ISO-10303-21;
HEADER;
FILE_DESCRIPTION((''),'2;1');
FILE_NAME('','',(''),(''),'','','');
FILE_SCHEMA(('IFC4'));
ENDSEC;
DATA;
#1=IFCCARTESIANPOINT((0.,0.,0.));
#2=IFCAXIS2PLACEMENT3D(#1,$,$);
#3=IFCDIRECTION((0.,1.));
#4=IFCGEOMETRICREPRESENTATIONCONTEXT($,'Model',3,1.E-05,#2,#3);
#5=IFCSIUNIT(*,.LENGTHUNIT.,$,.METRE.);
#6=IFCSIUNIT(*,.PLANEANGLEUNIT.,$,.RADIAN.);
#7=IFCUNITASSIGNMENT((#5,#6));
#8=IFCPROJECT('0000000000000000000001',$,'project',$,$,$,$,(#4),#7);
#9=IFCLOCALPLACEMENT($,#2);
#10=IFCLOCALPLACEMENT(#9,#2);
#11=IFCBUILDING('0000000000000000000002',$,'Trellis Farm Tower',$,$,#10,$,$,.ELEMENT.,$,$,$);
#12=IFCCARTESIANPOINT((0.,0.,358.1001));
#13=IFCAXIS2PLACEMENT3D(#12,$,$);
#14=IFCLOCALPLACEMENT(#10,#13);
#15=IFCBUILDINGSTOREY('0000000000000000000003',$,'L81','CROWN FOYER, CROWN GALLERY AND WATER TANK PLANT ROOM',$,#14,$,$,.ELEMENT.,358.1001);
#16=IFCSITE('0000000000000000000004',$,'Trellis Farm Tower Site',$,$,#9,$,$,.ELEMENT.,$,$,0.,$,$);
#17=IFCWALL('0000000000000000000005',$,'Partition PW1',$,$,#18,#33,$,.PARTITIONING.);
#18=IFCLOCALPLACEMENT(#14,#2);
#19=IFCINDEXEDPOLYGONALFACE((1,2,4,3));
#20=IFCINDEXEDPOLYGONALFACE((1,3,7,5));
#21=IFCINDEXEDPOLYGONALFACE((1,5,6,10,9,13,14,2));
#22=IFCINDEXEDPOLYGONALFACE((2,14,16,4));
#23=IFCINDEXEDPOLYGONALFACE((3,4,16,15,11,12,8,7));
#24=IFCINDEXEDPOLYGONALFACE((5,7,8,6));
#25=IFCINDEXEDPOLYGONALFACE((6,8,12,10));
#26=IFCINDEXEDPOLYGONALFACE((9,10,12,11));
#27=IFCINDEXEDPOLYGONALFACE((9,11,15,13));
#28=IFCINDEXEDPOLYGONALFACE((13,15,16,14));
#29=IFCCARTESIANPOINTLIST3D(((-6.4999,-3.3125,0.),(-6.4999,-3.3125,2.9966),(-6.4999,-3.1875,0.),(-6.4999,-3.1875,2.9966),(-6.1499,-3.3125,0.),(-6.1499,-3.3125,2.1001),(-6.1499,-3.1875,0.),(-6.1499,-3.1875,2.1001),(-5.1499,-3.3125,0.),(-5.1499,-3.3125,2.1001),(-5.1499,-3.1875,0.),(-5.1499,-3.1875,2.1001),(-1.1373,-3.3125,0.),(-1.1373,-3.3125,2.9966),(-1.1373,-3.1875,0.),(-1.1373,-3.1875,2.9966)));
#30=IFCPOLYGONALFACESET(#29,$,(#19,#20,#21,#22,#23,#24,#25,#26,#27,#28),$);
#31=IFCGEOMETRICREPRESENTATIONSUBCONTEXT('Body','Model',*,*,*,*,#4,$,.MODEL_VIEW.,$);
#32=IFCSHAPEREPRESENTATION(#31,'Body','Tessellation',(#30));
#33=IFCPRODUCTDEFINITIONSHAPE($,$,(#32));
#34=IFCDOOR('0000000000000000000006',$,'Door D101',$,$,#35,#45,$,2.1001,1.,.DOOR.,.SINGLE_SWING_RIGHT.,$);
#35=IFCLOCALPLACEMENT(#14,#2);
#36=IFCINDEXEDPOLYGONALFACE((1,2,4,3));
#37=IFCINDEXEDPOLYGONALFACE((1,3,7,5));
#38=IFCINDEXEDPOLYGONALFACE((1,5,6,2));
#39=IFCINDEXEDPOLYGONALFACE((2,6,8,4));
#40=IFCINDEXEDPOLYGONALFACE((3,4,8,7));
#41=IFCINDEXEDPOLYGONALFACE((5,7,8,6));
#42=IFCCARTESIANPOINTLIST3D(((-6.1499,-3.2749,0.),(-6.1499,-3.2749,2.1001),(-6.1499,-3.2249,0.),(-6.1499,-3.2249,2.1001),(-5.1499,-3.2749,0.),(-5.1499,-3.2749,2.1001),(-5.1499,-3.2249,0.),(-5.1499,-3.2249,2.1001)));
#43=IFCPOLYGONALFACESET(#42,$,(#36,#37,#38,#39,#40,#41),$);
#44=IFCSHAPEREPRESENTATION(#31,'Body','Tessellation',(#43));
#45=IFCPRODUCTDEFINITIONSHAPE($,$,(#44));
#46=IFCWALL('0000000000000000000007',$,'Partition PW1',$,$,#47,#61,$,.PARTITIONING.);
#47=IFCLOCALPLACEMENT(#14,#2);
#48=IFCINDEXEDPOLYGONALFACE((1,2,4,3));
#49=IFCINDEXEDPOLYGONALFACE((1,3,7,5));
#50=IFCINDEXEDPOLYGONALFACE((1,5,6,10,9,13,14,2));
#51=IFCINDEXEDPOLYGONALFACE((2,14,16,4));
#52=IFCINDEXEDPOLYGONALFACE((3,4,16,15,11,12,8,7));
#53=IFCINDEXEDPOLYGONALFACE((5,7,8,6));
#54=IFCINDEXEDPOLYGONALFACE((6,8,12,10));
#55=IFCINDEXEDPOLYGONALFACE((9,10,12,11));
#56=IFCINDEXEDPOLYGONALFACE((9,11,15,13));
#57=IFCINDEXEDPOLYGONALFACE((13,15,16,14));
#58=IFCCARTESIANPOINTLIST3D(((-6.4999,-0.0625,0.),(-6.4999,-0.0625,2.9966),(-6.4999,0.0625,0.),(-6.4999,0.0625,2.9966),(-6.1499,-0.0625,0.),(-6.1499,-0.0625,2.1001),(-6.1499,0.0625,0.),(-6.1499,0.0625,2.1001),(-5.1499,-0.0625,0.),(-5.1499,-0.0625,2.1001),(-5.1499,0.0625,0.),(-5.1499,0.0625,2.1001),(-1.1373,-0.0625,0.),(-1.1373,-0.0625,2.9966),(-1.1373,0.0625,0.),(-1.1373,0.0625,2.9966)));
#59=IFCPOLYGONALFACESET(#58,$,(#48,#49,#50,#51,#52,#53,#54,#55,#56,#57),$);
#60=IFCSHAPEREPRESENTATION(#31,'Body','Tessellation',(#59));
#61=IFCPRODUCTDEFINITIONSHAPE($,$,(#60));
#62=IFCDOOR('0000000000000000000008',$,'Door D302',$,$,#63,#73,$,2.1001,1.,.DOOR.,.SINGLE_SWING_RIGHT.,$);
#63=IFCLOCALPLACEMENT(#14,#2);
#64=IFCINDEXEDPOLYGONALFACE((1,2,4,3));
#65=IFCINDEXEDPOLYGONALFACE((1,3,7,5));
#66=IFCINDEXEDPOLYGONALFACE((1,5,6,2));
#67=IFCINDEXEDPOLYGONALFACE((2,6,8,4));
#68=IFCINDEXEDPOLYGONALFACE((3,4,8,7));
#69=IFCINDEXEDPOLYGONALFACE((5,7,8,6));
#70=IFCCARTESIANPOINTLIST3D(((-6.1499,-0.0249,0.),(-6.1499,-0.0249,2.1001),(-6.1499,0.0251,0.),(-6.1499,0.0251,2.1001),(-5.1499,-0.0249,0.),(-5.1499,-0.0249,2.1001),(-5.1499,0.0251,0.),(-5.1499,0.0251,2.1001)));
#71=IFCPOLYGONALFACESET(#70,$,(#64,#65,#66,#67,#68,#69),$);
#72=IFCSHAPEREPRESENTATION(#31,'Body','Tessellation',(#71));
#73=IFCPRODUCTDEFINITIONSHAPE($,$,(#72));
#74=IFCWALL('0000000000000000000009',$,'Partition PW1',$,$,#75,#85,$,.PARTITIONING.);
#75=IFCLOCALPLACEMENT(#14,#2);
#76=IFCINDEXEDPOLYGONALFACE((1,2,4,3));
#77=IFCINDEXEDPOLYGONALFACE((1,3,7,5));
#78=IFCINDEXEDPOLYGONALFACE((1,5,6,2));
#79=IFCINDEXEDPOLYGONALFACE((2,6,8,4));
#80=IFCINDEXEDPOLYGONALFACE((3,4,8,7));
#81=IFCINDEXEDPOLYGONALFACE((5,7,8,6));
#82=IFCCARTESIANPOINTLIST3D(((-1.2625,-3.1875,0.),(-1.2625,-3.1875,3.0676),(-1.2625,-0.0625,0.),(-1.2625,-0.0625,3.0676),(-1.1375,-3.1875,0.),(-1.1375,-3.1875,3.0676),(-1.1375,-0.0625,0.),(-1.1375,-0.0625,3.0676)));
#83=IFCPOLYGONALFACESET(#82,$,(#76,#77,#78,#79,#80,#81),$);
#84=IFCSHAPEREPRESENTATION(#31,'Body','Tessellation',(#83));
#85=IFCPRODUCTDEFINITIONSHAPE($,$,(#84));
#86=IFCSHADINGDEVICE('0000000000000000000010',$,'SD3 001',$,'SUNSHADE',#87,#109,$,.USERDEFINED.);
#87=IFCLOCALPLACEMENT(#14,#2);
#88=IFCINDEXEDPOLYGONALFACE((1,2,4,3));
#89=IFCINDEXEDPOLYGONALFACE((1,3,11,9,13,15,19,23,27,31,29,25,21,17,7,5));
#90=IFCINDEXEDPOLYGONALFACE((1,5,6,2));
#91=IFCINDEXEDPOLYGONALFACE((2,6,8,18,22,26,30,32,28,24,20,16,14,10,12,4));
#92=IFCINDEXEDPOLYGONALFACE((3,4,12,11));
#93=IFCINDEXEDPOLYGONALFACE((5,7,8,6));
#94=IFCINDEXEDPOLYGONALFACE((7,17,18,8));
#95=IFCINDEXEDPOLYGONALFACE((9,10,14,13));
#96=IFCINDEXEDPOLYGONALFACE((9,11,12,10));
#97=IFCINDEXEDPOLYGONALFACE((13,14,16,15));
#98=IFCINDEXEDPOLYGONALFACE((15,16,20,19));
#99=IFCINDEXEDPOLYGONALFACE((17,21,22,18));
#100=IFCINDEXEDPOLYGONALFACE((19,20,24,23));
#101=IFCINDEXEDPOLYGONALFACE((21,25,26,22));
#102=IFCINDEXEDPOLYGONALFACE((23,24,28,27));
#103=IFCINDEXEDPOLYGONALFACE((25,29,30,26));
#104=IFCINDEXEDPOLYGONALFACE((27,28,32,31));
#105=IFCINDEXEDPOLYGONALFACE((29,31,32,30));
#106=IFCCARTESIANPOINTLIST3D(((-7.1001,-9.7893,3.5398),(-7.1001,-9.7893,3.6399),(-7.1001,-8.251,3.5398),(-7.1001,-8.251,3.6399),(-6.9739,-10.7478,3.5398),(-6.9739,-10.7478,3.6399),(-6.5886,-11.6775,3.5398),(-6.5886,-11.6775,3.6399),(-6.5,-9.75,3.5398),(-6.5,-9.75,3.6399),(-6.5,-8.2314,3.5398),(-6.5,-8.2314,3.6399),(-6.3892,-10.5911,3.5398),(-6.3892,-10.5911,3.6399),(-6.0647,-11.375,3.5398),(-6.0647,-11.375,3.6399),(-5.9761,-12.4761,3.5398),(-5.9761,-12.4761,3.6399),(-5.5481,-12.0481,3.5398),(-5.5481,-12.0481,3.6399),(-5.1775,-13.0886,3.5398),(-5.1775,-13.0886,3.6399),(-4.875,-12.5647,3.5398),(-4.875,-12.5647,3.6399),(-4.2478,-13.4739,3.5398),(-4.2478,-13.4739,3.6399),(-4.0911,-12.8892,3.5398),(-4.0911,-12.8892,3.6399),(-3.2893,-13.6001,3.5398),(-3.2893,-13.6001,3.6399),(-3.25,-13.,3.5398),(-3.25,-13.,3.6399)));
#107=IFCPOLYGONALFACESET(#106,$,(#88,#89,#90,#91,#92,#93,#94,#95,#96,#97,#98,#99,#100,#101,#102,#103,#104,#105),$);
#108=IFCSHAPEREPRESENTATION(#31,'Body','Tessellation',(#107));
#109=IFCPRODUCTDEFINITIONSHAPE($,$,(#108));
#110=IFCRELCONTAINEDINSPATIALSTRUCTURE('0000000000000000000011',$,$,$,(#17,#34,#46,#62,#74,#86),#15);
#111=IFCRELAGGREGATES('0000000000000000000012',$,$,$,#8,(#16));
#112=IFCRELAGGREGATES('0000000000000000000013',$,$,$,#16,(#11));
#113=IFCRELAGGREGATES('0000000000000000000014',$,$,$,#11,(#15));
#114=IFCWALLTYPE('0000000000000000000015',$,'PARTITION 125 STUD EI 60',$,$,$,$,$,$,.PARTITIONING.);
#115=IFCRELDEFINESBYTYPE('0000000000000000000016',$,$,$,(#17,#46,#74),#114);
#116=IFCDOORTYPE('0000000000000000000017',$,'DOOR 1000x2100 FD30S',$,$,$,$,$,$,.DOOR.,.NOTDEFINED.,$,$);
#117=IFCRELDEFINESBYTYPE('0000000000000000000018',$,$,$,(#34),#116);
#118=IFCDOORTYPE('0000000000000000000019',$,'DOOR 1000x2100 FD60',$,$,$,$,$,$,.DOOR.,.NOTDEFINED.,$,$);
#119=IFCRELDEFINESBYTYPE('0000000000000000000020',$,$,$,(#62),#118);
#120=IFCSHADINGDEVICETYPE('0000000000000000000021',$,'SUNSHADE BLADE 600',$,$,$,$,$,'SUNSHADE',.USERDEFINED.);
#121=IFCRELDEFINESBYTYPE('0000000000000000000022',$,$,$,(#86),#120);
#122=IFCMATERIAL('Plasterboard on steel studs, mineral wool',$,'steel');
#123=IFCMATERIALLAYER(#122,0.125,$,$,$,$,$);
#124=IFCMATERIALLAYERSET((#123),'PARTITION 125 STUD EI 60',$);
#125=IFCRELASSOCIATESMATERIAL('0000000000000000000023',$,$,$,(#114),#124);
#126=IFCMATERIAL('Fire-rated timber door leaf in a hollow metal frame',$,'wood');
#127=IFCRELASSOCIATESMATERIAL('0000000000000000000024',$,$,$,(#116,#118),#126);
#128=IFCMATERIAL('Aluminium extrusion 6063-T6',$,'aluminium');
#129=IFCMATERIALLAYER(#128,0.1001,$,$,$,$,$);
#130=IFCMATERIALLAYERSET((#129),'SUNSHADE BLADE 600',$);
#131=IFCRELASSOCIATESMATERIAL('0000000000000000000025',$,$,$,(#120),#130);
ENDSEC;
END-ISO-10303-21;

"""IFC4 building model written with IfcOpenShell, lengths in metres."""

from ifc_helpers import new_model, si_unit, direction, frame, frame_2d, origin, place, context, subcontext, project, spatial, polyline, rectangle, outline, extrude, source, transform, mapped, material, layer, layer_set, type_object, element, fill, save


model = new_model("IFC4")

# Units and contexts
model_context = context("Model", 3, precision=1e-05, world=origin(), true_north=direction((0.0, 1.0)))
body_context = subcontext(model_context, "Body", "Model", "MODEL_VIEW")
ifc_project = project(units=[si_unit("LENGTHUNIT", "METRE"), si_unit("PLANEANGLEUNIT", "RADIAN")], contexts=[model_context])

# Site, building, storey
site_placement = place(None, origin())
site = spatial("IfcSite", under=ifc_project, at=site_placement, Name="Trellis Farm Tower Site", CompositionType="ELEMENT", RefElevation=0.0)
building_placement = place(site_placement, origin())
building = spatial("IfcBuilding", under=site, at=building_placement, Name="Trellis Farm Tower", CompositionType="ELEMENT")
storey_placement = place(building_placement, frame((0.0, 0.0, 358.1001)))
storey = spatial("IfcBuildingStorey", under=building, at=storey_placement, Name="L81", Description="CROWN FOYER, CROWN GALLERY AND WATER TANK PLANT ROOM", CompositionType="ELEMENT", Elevation=358.1001)

# Shared definitions
ifc_material_1 = material(Name="Aluminium extrusion 6063-T6", Category="aluminium")

# Walls, openings, doors
ifc_material_2 = material(Name="Plasterboard on steel studs, mineral wool", Category="steel")
ifc_layer_1 = layer(ifc_material_2, 0.125)
ifc_layer_set_1 = layer_set([ifc_layer_1], Name="PARTITION 125 STUD EI 60")
wall_type_1 = type_object("IfcWallType", Name="PARTITION 125 STUD EI 60", PredefinedType="PARTITIONING", material=ifc_layer_set_1)
shared_shape_1 = source(origin(), body_context, "Body", "SweptSolid", [
    extrude(rectangle(XDim=5.3625, YDim=0.125, at=frame_2d((2.6812, 0.0))), origin(), (0.0, 0.0, 1.0), 2.9966),
])
wall_1_placement = place(storey_placement, frame((-1.1375, -3.25, 0.0), z_axis=(0.0, 0.0, 1.0), x_axis=(-1.0, 0.0, 0.0)))
wall_1 = element("IfcWall", 1, at=wall_1_placement, inside=storey, type_object=wall_type_1, Name="Partition PW1", PredefinedType="PARTITIONING", context=body_context, shape_type="MappedRepresentation", body=[
    mapped(shared_shape_1, transform((0.0, 0.0, 0.0))),
])
shared_shape_2 = source(origin(), body_context, "Body", "SweptSolid", [
    extrude(rectangle(XDim=1.0, YDim=2.1001, at=frame_2d((0.5, 1.05))), frame((0.0, 0.0725, 0.0), z_axis=(0.0, -1.0, 0.0), x_axis=(1.0, 0.0, 0.0)), (0.0, 0.0, 1.0), 0.145),
])
opening_1_placement = place(wall_1_placement, frame((4.0125, 0.0, 0.0)))
opening_1 = element("IfcOpeningElement", 2, at=opening_1_placement, cuts=wall_1, PredefinedType="OPENING", context=body_context, shape_type="MappedRepresentation", body=[
    mapped(shared_shape_2, transform((0.0, 0.0, 0.0))),
])
ifc_material_3 = material(Name="Fire-rated timber door leaf in a hollow metal frame", Category="wood")
door_type_1 = type_object("IfcDoorType", Name="DOOR 1000x2100 FD30S", OperationType="NOTDEFINED", PredefinedType="DOOR", material=ifc_material_3)
shared_shape_3 = source(origin(), body_context, "Body", "SweptSolid", [
    extrude(rectangle(XDim=1.0, YDim=2.1001, at=frame_2d((0.5, 1.05))), frame((0.0, 0.0249, 0.0), z_axis=(0.0, -1.0, 0.0), x_axis=(1.0, 0.0, 0.0)), (0.0, 0.0, 1.0), 0.05),
])
door_1_placement = place(opening_1_placement, origin())
door_1 = element("IfcDoor", 3, at=door_1_placement, inside=storey, type_object=door_type_1, Name="Door D101", OperationType="SINGLE_SWING_RIGHT", OverallHeight=2.1001, OverallWidth=1.0, PredefinedType="DOOR", context=body_context, shape_type="MappedRepresentation", body=[
    mapped(shared_shape_3, transform((0.0, 0.0, 0.0))),
])
fill(opening_1, door_1)
wall_2_placement = place(storey_placement, frame((-1.1375, 0.0, 0.0), z_axis=(0.0, 0.0, 1.0), x_axis=(-1.0, 0.0, 0.0)))
wall_2 = element("IfcWall", 4, at=wall_2_placement, inside=storey, type_object=wall_type_1, Name="Partition PW1", PredefinedType="PARTITIONING", context=body_context, shape_type="MappedRepresentation", body=[
    mapped(shared_shape_1, transform((0.0, 0.0, 0.0))),
])
opening_2_placement = place(wall_2_placement, frame((4.0125, 0.0, 0.0)))
opening_2 = element("IfcOpeningElement", 5, at=opening_2_placement, cuts=wall_2, PredefinedType="OPENING", context=body_context, shape_type="MappedRepresentation", body=[
    mapped(shared_shape_2, transform((0.0, 0.0, 0.0))),
])
door_type_2 = type_object("IfcDoorType", Name="DOOR 1000x2100 FD60", OperationType="NOTDEFINED", PredefinedType="DOOR", material=ifc_material_3)
door_2_placement = place(opening_2_placement, origin())
door_2 = element("IfcDoor", 6, at=door_2_placement, inside=storey, type_object=door_type_2, Name="Door D302", OperationType="SINGLE_SWING_RIGHT", OverallHeight=2.1001, OverallWidth=1.0, PredefinedType="DOOR", context=body_context, shape_type="MappedRepresentation", body=[
    mapped(shared_shape_3, transform((0.0, 0.0, 0.0))),
])
fill(opening_2, door_2)

# Wall
shared_shape_4 = source(origin(), body_context, "Body", "SweptSolid", [
    extrude(rectangle(XDim=3.125, YDim=0.125, at=frame_2d((1.5625, 0.0))), origin(), (0.0, 0.0, 1.0), 3.0676),
])
wall_3_placement = place(storey_placement, frame((-1.2, -0.0625, 0.0), z_axis=(0.0, 0.0, 1.0), x_axis=(0.0, -1.0, 0.0)))
element("IfcWall", 7, at=wall_3_placement, inside=storey, type_object=wall_type_1, Name="Partition PW1", PredefinedType="PARTITIONING", context=body_context, shape_type="MappedRepresentation", body=[
    mapped(shared_shape_4, transform((0.0, 0.0, 0.0))),
])

# Shading device
ifc_layer_2 = layer(ifc_material_1, 0.1001)
ifc_layer_set_2 = layer_set([ifc_layer_2], Name="SUNSHADE BLADE 600")
shading_device_type = type_object("IfcShadingDeviceType", Name="SUNSHADE BLADE 600", ElementType="SUNSHADE", PredefinedType="USERDEFINED", material=ifc_layer_set_2)
shared_shape_5 = source(origin(), body_context, "Body", "SweptSolid", [
    extrude(outline(polyline([(-7.1001, -8.251), (-7.1001, -9.7893), (-6.9739, -10.7478), (-6.5886, -11.6775), (-5.9761, -12.4761), (-5.1775, -13.0886), (-4.2478, -13.4739), (-3.2893, -13.6001), (-3.25, -13.0), (-4.0911, -12.8892), (-4.875, -12.5647), (-5.5481, -12.0481), (-6.0647, -11.375), (-6.3892, -10.5911), (-6.5, -9.75), (-6.5, -8.2314), (-7.1001, -8.251)])), origin(), (0.0, 0.0, 1.0), 0.1001),
])
shading_device_placement = place(storey_placement, frame((0.0, 0.0, 3.5398)))
element("IfcShadingDevice", 8, at=shading_device_placement, inside=storey, type_object=shading_device_type, Name="SD3 001", ObjectType="SUNSHADE", PredefinedType="USERDEFINED", context=body_context, shape_type="MappedRepresentation", body=[
    mapped(shared_shape_5, transform((0.0, 0.0, 0.0))),
])

save(model, "model.ifc")
